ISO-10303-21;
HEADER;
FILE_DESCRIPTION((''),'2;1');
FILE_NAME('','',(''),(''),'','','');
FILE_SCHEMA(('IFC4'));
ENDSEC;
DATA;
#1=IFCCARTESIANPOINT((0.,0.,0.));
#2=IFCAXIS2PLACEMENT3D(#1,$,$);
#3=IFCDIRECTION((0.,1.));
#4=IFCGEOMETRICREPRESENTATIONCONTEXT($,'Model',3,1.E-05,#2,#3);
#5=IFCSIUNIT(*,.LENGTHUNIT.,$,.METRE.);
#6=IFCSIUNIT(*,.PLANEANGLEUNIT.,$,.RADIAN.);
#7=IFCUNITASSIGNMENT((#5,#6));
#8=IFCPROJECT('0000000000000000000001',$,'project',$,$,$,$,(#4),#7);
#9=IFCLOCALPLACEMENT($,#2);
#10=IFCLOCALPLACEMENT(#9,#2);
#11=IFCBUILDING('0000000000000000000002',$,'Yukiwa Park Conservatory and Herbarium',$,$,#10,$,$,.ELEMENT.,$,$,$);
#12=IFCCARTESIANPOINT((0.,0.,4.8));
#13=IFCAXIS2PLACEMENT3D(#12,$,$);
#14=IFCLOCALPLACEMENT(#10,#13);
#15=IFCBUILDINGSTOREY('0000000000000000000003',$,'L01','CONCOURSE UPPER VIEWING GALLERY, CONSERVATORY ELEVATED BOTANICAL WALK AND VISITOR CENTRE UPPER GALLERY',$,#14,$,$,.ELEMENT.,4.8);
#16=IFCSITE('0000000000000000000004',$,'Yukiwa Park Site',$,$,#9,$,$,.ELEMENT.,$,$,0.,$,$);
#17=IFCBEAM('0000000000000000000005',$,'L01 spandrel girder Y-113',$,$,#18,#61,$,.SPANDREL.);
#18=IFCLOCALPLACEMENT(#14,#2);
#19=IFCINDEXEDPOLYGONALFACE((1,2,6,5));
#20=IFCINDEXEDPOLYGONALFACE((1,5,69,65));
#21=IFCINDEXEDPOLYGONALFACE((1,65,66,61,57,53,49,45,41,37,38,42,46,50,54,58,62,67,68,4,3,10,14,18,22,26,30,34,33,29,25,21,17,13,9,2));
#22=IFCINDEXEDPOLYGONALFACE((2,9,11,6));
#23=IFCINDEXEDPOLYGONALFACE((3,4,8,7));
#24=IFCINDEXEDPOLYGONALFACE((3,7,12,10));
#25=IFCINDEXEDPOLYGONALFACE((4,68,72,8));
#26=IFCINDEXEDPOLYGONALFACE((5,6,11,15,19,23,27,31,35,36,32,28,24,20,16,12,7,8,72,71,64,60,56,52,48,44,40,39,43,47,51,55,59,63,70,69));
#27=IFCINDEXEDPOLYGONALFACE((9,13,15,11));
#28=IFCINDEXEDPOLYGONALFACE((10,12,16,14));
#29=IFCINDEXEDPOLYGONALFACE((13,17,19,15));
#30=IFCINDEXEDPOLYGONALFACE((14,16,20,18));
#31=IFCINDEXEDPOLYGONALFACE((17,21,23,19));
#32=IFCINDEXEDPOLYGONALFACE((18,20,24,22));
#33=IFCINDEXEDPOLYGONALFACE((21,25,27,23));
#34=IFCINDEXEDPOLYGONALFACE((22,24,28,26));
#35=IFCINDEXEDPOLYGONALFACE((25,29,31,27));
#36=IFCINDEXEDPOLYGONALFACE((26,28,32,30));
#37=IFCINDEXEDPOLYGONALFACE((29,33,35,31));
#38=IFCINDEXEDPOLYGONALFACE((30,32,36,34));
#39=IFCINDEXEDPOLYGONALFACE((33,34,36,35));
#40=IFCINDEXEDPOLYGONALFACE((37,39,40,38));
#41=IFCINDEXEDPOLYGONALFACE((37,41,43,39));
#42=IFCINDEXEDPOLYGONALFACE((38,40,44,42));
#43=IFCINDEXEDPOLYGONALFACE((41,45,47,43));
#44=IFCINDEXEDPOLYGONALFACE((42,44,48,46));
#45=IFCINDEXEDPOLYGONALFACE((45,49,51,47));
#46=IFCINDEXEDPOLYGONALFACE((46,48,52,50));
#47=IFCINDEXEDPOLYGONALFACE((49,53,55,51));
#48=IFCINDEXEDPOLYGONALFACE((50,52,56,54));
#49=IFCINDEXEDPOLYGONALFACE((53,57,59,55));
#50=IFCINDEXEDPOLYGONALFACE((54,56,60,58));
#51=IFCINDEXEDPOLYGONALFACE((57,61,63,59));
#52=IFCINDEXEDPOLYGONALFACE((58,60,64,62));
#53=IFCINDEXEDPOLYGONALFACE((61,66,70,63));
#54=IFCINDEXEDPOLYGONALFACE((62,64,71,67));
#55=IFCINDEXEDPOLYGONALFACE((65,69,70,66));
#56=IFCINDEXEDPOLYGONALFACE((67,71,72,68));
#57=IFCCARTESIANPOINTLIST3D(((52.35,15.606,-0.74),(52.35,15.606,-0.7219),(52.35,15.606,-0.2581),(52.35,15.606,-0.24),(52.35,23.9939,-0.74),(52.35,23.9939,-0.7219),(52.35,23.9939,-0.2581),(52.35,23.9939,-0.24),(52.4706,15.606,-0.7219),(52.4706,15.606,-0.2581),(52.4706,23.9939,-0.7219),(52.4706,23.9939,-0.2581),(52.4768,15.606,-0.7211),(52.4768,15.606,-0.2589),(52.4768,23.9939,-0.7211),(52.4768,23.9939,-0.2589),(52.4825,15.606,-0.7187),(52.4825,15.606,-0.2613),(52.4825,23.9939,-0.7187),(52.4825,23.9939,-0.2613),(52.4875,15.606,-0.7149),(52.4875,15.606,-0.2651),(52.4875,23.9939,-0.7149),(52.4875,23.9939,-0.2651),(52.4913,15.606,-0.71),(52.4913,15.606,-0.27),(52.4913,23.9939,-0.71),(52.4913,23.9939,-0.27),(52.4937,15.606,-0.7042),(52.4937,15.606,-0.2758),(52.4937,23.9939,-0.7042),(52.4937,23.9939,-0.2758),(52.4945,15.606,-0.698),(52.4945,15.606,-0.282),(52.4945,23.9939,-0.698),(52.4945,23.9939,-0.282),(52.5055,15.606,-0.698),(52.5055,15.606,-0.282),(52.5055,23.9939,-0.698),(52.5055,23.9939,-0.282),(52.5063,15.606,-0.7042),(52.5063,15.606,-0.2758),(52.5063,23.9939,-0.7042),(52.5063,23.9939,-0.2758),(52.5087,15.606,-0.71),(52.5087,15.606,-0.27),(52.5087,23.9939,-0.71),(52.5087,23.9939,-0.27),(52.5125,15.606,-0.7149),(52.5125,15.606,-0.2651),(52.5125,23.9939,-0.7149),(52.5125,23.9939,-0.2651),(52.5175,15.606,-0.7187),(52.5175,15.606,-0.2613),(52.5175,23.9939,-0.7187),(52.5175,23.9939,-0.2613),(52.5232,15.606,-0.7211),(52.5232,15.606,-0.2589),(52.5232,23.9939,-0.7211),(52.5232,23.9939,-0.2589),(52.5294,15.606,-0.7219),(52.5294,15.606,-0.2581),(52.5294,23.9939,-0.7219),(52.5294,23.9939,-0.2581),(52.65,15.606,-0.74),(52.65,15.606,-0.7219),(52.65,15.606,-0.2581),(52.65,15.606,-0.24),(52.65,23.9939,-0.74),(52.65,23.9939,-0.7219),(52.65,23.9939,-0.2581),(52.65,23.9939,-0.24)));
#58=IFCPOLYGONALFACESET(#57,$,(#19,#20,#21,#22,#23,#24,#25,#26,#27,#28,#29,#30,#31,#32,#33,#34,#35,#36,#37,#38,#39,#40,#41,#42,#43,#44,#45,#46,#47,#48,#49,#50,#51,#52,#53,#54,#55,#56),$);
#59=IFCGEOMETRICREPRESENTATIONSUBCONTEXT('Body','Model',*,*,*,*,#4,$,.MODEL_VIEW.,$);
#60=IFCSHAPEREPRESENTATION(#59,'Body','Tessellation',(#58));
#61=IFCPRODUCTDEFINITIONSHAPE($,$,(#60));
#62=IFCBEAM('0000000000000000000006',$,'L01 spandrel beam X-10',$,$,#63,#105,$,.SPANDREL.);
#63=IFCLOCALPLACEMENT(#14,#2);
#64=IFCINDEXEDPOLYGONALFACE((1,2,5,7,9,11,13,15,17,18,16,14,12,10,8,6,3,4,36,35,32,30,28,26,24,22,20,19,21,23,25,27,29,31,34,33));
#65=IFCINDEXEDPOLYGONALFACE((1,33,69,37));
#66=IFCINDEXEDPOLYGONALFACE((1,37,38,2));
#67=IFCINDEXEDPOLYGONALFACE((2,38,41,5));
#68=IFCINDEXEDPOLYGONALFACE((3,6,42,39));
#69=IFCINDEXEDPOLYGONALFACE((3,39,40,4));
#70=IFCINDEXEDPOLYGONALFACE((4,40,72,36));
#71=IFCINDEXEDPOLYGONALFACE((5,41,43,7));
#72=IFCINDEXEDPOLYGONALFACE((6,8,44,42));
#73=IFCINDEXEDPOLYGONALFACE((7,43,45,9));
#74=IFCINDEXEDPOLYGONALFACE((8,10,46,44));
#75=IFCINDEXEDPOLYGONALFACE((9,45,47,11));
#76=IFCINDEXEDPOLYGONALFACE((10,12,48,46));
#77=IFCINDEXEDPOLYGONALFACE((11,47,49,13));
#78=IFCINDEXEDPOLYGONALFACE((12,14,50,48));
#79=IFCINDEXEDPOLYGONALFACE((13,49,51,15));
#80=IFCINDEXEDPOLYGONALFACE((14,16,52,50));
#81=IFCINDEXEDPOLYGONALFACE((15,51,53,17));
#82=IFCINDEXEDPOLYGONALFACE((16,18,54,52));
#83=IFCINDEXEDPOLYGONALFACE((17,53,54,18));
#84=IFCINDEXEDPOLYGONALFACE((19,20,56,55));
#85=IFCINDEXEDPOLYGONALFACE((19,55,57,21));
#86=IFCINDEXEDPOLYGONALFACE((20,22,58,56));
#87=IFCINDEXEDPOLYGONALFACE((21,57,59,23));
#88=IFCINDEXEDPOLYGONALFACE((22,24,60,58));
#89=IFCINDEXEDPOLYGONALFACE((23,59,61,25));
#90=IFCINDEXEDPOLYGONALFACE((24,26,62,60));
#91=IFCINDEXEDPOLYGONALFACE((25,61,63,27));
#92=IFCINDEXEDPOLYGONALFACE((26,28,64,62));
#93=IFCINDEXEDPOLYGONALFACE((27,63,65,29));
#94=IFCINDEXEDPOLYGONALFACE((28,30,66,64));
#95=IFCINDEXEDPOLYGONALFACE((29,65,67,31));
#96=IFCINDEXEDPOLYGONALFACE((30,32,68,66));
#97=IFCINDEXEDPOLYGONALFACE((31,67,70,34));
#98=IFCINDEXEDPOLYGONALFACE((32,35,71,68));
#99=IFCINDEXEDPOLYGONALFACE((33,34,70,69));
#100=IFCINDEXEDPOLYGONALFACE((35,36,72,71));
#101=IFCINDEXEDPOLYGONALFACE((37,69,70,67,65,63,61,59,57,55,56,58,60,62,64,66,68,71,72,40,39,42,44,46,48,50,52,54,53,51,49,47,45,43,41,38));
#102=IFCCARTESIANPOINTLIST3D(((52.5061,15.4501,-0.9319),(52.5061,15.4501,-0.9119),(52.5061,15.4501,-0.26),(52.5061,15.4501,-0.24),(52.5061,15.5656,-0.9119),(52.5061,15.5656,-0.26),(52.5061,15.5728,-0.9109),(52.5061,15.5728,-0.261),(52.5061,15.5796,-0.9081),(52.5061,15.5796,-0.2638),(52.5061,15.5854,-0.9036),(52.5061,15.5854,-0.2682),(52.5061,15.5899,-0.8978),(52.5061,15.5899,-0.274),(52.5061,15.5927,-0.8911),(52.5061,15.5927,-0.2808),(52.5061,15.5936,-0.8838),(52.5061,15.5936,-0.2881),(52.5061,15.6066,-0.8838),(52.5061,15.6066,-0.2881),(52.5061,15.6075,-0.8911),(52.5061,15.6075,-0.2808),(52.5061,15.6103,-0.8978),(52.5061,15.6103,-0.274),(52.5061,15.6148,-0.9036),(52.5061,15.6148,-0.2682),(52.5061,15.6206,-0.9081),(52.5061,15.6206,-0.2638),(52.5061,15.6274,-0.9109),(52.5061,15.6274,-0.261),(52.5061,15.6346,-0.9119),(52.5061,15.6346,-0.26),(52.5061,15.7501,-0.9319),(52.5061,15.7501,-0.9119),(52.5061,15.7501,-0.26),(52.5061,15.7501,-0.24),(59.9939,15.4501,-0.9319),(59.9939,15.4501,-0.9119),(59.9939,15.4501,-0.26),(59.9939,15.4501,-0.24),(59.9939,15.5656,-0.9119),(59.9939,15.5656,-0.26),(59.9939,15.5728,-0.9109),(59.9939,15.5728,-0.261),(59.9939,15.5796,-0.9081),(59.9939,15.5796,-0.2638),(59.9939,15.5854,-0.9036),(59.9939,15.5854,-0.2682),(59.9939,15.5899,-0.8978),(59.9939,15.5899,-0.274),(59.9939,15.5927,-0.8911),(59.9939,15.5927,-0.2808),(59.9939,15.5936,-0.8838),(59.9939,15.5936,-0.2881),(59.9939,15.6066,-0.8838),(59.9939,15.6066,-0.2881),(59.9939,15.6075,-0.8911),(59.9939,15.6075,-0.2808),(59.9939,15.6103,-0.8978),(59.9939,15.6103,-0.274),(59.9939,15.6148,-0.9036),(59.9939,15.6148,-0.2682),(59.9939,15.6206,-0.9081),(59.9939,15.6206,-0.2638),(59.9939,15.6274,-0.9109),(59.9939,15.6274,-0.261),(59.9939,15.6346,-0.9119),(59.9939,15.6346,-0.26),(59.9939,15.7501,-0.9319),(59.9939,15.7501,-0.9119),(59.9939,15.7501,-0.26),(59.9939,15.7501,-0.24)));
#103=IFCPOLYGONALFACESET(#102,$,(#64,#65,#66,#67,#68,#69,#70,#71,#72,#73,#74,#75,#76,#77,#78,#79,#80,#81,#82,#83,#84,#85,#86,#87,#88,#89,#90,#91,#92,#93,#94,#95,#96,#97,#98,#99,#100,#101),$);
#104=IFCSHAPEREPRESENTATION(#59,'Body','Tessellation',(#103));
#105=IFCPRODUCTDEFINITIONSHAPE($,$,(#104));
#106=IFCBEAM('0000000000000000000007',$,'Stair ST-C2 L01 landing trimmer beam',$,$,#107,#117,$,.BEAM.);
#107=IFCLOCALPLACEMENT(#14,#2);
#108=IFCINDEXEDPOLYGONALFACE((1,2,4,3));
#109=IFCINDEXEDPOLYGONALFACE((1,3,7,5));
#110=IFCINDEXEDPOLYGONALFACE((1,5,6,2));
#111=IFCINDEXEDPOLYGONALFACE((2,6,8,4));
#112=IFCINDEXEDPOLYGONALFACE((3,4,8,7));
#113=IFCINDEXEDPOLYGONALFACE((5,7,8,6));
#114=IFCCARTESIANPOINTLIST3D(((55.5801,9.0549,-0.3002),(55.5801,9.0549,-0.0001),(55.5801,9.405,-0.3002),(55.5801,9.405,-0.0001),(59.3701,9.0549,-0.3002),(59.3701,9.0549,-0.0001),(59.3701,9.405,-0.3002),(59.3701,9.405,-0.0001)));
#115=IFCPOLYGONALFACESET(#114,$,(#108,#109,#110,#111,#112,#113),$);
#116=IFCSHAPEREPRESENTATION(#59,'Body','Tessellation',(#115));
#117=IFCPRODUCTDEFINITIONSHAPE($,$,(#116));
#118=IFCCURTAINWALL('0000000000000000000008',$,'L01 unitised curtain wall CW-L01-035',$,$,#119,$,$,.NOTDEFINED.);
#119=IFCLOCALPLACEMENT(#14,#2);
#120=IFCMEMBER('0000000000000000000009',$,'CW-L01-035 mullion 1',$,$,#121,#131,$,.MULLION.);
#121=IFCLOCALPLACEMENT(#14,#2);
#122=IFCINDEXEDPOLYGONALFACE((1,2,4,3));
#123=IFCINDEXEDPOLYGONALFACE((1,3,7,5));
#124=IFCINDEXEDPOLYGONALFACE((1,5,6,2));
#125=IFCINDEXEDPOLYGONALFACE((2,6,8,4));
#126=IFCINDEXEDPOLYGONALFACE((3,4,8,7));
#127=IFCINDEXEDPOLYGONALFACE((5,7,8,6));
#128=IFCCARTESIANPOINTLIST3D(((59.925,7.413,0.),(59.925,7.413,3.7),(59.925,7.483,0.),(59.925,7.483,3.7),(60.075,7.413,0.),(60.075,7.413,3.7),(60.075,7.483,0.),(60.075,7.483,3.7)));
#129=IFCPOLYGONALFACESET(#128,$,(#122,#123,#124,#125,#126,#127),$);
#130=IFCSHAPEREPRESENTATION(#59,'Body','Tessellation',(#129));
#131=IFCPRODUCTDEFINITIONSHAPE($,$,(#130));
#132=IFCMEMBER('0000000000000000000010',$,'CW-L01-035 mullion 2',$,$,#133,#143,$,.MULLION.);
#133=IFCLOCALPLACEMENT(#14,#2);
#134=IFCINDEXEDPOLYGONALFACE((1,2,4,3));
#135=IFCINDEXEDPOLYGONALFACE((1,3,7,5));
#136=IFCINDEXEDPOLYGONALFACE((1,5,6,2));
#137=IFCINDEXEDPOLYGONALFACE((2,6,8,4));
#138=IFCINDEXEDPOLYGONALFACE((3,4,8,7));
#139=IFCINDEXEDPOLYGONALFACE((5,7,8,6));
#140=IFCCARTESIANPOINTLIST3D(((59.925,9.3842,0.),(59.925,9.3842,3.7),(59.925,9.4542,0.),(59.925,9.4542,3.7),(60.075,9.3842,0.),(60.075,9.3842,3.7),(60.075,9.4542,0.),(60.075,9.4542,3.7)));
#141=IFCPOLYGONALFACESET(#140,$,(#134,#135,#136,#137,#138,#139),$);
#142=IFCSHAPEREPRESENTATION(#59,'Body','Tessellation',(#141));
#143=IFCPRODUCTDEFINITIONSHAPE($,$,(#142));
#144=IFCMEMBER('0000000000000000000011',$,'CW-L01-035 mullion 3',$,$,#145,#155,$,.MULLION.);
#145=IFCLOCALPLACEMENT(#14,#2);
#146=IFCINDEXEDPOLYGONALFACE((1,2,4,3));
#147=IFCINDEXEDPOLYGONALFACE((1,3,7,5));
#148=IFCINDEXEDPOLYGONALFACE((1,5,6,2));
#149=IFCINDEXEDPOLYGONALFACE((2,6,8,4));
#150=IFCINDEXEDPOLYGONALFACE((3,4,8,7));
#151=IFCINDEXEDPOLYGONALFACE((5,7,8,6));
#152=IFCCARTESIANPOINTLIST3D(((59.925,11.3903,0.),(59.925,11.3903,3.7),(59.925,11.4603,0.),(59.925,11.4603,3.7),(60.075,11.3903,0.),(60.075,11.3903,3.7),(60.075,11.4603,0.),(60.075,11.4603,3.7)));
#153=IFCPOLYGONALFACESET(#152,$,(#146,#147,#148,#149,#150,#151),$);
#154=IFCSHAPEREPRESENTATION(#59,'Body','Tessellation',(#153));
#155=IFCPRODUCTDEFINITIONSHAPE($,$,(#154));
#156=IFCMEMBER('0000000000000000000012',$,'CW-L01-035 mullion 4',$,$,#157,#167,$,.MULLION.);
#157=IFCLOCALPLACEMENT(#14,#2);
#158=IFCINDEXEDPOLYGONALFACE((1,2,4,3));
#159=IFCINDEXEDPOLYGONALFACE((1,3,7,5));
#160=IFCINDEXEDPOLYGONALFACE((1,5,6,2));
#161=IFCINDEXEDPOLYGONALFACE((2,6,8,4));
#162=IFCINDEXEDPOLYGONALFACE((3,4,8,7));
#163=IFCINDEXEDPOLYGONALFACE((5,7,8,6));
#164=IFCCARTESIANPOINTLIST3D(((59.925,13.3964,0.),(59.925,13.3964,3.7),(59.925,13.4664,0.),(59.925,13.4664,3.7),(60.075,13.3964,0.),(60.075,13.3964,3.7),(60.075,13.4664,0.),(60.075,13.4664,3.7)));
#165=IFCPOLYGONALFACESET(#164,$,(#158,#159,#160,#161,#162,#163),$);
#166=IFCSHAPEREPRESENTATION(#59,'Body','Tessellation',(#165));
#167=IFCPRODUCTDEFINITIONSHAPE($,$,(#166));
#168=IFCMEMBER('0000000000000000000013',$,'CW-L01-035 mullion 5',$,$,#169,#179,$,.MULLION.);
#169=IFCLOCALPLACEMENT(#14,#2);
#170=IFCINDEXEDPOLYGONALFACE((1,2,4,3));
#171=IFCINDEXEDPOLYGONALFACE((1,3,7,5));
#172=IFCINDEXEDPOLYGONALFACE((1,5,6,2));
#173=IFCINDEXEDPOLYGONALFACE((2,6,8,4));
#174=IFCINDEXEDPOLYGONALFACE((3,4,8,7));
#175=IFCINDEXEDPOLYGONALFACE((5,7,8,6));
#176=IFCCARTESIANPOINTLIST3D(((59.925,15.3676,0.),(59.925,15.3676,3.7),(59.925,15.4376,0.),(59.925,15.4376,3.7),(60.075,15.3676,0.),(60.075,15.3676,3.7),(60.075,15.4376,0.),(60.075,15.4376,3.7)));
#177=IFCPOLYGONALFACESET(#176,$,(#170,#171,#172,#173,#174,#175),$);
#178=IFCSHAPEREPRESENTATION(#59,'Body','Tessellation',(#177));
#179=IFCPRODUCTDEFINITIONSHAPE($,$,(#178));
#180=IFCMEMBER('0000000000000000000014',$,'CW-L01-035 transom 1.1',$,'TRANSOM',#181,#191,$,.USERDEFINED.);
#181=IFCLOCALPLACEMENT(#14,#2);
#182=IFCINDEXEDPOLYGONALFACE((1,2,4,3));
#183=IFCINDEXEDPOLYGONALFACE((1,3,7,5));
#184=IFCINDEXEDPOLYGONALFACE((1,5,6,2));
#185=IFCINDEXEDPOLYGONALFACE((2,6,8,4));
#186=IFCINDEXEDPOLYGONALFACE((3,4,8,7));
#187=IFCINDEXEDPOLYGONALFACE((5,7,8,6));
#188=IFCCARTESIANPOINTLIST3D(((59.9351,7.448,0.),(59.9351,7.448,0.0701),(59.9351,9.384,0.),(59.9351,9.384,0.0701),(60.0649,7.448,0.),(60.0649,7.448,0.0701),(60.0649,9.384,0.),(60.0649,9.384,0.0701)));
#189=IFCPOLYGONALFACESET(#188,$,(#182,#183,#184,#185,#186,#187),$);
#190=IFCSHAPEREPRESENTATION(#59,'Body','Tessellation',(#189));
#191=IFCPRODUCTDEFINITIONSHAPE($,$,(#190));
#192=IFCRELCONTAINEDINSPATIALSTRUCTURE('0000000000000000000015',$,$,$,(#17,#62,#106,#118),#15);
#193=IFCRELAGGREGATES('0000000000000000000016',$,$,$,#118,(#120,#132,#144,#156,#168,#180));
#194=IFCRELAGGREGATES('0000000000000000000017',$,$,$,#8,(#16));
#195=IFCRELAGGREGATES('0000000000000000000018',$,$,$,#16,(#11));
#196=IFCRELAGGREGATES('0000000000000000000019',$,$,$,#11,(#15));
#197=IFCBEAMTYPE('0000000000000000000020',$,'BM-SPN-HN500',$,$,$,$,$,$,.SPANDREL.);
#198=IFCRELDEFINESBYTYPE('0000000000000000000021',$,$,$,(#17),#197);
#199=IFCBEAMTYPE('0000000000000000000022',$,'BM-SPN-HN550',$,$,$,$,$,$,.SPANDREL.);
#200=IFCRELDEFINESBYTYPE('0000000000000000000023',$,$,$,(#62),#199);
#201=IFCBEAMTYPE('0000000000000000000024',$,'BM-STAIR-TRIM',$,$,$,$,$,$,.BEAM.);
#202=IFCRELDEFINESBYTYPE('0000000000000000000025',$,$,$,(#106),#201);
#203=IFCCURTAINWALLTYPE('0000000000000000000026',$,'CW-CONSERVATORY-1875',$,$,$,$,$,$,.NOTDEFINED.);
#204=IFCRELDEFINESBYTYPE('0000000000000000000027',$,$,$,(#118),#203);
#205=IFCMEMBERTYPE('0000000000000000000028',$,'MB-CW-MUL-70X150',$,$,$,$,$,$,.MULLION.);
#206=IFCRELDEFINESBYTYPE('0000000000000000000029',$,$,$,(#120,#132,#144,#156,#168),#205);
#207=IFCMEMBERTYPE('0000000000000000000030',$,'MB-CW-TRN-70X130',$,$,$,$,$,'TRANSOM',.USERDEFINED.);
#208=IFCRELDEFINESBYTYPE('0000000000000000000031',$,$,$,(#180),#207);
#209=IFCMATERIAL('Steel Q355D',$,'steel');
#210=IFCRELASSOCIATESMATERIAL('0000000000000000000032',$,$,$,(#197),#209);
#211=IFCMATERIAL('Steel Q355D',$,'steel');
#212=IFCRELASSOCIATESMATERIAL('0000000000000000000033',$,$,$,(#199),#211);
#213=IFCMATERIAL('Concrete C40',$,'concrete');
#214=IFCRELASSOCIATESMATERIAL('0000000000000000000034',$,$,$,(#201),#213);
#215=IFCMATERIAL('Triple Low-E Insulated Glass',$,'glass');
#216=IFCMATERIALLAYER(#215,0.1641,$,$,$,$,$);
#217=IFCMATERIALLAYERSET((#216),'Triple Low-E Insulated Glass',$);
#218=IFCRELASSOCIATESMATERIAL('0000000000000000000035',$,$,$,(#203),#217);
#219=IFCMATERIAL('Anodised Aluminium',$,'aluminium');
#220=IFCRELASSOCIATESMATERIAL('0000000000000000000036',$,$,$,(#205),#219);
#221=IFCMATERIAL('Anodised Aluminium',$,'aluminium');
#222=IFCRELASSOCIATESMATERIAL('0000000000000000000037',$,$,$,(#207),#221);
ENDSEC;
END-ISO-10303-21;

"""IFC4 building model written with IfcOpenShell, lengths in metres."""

from ifc_helpers import new_model, si_unit, direction, frame, origin, origin_2d, place, context, subcontext, project, spatial, rectangle, i_section, extrude, material, layer, layer_set, material_profile, profile_set, type_object, element, aggregate, save


model = new_model("IFC4")

# Units and contexts
model_context = context("Model", 3, precision=1e-05, world=origin(), true_north=direction((0.0, 1.0)))
body_context = subcontext(model_context, "Body", "Model", "MODEL_VIEW")
ifc_project = project(units=[si_unit("LENGTHUNIT", "METRE"), si_unit("PLANEANGLEUNIT", "RADIAN")], contexts=[model_context])

# Site, building, storey
site_placement = place(None, origin())
site = spatial("IfcSite", under=ifc_project, at=site_placement, Name="Yukiwa Park Site", CompositionType="ELEMENT", RefElevation=0.0)
building_placement = place(site_placement, origin())
building = spatial("IfcBuilding", under=site, at=building_placement, Name="Yukiwa Park Conservatory and Herbarium", CompositionType="ELEMENT")
storey_placement = place(building_placement, frame((0.0, 0.0, 4.8)))
storey = spatial("IfcBuildingStorey", under=building, at=storey_placement, Name="L01", Description="CONCOURSE UPPER VIEWING GALLERY, CONSERVATORY ELEVATED BOTANICAL WALK AND VISITOR CENTRE UPPER GALLERY", CompositionType="ELEMENT", Elevation=4.8)

# Beams
ifc_material_1 = material(Name="Steel Q355D", Category="steel")
ifc_material_profile_1 = material_profile(ifc_material_1, i_section(OverallWidth=0.3, OverallDepth=0.5, WebThickness=0.011, FlangeThickness=0.0181, FilletRadius=0.0239, at=origin_2d()), Name="HM 500x300x11x18")
ifc_profile_set_1 = profile_set([ifc_material_profile_1], Name="Steel Q355D")
beam_type_1 = type_object("IfcBeamType", Name="BM-SPN-HN500", PredefinedType="SPANDREL", material=ifc_profile_set_1)
beam_1_placement = place(storey_placement, frame((52.5, 15.606, -0.49), z_axis=(0.0, 1.0, 0.0), x_axis=(-1.0, 0.0, 0.0)))
element("IfcBeam", 1, at=beam_1_placement, inside=storey, type_object=beam_type_1, Name="L01 spandrel girder Y-113", PredefinedType="SPANDREL", context=body_context, shape_type="SweptSolid", body=[
    extrude(i_section(OverallWidth=0.3, OverallDepth=0.5, WebThickness=0.011, FlangeThickness=0.0181, FilletRadius=0.0239, at=origin_2d()), origin(), (0.0, 0.0, 1.0), 8.3879),
])
ifc_material_2 = material(Name="Steel Q355D", Category="steel")
ifc_material_profile_2 = material_profile(ifc_material_2, i_section(OverallWidth=0.3, OverallDepth=0.6919, WebThickness=0.0129, FlangeThickness=0.02, FilletRadius=0.0281, at=origin_2d()), Name="HN 692x300x13x20")
ifc_profile_set_2 = profile_set([ifc_material_profile_2], Name="Steel Q355D")
beam_type_2 = type_object("IfcBeamType", Name="BM-SPN-HN550", PredefinedType="SPANDREL", material=ifc_profile_set_2)
beam_2_placement = place(storey_placement, frame((52.5061, 15.6001, -0.5859), z_axis=(1.0, 0.0, 0.0), x_axis=(0.0, 1.0, 0.0)))
element("IfcBeam", 2, at=beam_2_placement, inside=storey, type_object=beam_type_2, Name="L01 spandrel beam X-10", PredefinedType="SPANDREL", context=body_context, shape_type="SweptSolid", body=[
    extrude(i_section(OverallWidth=0.3, OverallDepth=0.6919, WebThickness=0.0129, FlangeThickness=0.02, FilletRadius=0.0281, at=origin_2d()), origin(), (0.0, 0.0, 1.0), 7.4878),
])
ifc_material_3 = material(Name="Concrete C40", Category="concrete")
ifc_material_profile_3 = material_profile(ifc_material_3, rectangle(XDim=0.3501, YDim=0.3, at=origin_2d()), Name="RC 350x300")
ifc_profile_set_3 = profile_set([ifc_material_profile_3], Name="Concrete C40")
beam_type_3 = type_object("IfcBeamType", Name="BM-STAIR-TRIM", PredefinedType="BEAM", material=ifc_profile_set_3)
beam_3_placement = place(storey_placement, frame((55.5801, 9.23, -0.1501), z_axis=(1.0, 0.0, 0.0), x_axis=(0.0, 1.0, 0.0)))
element("IfcBeam", 3, at=beam_3_placement, inside=storey, type_object=beam_type_3, Name="Stair ST-C2 L01 landing trimmer beam", PredefinedType="BEAM", context=body_context, shape_type="SweptSolid", body=[
    extrude(rectangle(XDim=0.3501, YDim=0.3, at=origin_2d()), origin(), (0.0, 0.0, 1.0), 3.79),
])

# Curtain wall, members
ifc_material_4 = material(Name="Triple Low-E Insulated Glass", Category="glass")
ifc_layer_1 = layer(ifc_material_4, 0.1641)
ifc_layer_set_1 = layer_set([ifc_layer_1], Name="Triple Low-E Insulated Glass")
curtain_wall_type = type_object("IfcCurtainWallType", Name="CW-CONSERVATORY-1875", PredefinedType="NOTDEFINED", material=ifc_layer_set_1)
curtain_wall_placement = place(storey_placement, origin())
curtain_wall = element("IfcCurtainWall", 4, at=curtain_wall_placement, inside=storey, type_object=curtain_wall_type, Name="L01 unitised curtain wall CW-L01-035", PredefinedType="NOTDEFINED")
ifc_material_5 = material(Name="Anodised Aluminium", Category="aluminium")
member_type_1 = type_object("IfcMemberType", Name="MB-CW-MUL-70X150", PredefinedType="MULLION", material=ifc_material_5)
member_1_placement = place(storey_placement, frame((60.0, 7.448, 0.0), z_axis=(0.0, 0.0, 1.0), x_axis=(0.0, 1.0, 0.0)))
member_1 = element("IfcMember", 5, at=member_1_placement, type_object=member_type_1, Name="CW-L01-035 mullion 1", PredefinedType="MULLION", context=body_context, shape_type="SweptSolid", body=[
    extrude(rectangle(XDim=0.0701, YDim=0.1499, at=origin_2d()), origin(), (0.0, 0.0, 1.0), 3.7),
])
member_2_placement = place(storey_placement, frame((60.0, 9.4192, 0.0), z_axis=(0.0, 0.0, 1.0), x_axis=(0.0, 1.0, 0.0)))
member_2 = element("IfcMember", 6, at=member_2_placement, type_object=member_type_1, Name="CW-L01-035 mullion 2", PredefinedType="MULLION", context=body_context, shape_type="SweptSolid", body=[
    extrude(rectangle(XDim=0.0701, YDim=0.1499, at=origin_2d()), origin(), (0.0, 0.0, 1.0), 3.7),
])
member_3_placement = place(storey_placement, frame((60.0, 11.4253, 0.0), z_axis=(0.0, 0.0, 1.0), x_axis=(0.0, 1.0, 0.0)))
member_3 = element("IfcMember", 7, at=member_3_placement, type_object=member_type_1, Name="CW-L01-035 mullion 3", PredefinedType="MULLION", context=body_context, shape_type="SweptSolid", body=[
    extrude(rectangle(XDim=0.0701, YDim=0.1499, at=origin_2d()), origin(), (0.0, 0.0, 1.0), 3.7),
])
member_4_placement = place(storey_placement, frame((60.0, 13.4314, 0.0), z_axis=(0.0, 0.0, 1.0), x_axis=(0.0, 1.0, 0.0)))
member_4 = element("IfcMember", 8, at=member_4_placement, type_object=member_type_1, Name="CW-L01-035 mullion 4", PredefinedType="MULLION", context=body_context, shape_type="SweptSolid", body=[
    extrude(rectangle(XDim=0.0701, YDim=0.1499, at=origin_2d()), origin(), (0.0, 0.0, 1.0), 3.7),
])
member_5_placement = place(storey_placement, frame((60.0, 15.4026, 0.0), z_axis=(0.0, 0.0, 1.0), x_axis=(0.0, 1.0, 0.0)))
member_5 = element("IfcMember", 9, at=member_5_placement, type_object=member_type_1, Name="CW-L01-035 mullion 5", PredefinedType="MULLION", context=body_context, shape_type="SweptSolid", body=[
    extrude(rectangle(XDim=0.0701, YDim=0.1499, at=origin_2d()), origin(), (0.0, 0.0, 1.0), 3.7),
])
ifc_material_6 = material(Name="Anodised Aluminium", Category="aluminium")
member_type_2 = type_object("IfcMemberType", Name="MB-CW-TRN-70X130", ElementType="TRANSOM", PredefinedType="USERDEFINED", material=ifc_material_6)
member_6_placement = place(storey_placement, frame((60.0, 8.416, 0.0), z_axis=(0.0, 0.0, 1.0), x_axis=(0.0, 1.0, 0.0)))
member_6 = element("IfcMember", 10, at=member_6_placement, type_object=member_type_2, Name="CW-L01-035 transom 1.1", ObjectType="TRANSOM", PredefinedType="USERDEFINED", context=body_context, shape_type="SweptSolid", body=[
    extrude(rectangle(XDim=1.936, YDim=0.1299, at=origin_2d()), origin(), (0.0, 0.0, 1.0), 0.0701),
])

aggregate(curtain_wall, [member_1, member_2, member_3, member_4, member_5, member_6])

save(model, "model.ifc")
